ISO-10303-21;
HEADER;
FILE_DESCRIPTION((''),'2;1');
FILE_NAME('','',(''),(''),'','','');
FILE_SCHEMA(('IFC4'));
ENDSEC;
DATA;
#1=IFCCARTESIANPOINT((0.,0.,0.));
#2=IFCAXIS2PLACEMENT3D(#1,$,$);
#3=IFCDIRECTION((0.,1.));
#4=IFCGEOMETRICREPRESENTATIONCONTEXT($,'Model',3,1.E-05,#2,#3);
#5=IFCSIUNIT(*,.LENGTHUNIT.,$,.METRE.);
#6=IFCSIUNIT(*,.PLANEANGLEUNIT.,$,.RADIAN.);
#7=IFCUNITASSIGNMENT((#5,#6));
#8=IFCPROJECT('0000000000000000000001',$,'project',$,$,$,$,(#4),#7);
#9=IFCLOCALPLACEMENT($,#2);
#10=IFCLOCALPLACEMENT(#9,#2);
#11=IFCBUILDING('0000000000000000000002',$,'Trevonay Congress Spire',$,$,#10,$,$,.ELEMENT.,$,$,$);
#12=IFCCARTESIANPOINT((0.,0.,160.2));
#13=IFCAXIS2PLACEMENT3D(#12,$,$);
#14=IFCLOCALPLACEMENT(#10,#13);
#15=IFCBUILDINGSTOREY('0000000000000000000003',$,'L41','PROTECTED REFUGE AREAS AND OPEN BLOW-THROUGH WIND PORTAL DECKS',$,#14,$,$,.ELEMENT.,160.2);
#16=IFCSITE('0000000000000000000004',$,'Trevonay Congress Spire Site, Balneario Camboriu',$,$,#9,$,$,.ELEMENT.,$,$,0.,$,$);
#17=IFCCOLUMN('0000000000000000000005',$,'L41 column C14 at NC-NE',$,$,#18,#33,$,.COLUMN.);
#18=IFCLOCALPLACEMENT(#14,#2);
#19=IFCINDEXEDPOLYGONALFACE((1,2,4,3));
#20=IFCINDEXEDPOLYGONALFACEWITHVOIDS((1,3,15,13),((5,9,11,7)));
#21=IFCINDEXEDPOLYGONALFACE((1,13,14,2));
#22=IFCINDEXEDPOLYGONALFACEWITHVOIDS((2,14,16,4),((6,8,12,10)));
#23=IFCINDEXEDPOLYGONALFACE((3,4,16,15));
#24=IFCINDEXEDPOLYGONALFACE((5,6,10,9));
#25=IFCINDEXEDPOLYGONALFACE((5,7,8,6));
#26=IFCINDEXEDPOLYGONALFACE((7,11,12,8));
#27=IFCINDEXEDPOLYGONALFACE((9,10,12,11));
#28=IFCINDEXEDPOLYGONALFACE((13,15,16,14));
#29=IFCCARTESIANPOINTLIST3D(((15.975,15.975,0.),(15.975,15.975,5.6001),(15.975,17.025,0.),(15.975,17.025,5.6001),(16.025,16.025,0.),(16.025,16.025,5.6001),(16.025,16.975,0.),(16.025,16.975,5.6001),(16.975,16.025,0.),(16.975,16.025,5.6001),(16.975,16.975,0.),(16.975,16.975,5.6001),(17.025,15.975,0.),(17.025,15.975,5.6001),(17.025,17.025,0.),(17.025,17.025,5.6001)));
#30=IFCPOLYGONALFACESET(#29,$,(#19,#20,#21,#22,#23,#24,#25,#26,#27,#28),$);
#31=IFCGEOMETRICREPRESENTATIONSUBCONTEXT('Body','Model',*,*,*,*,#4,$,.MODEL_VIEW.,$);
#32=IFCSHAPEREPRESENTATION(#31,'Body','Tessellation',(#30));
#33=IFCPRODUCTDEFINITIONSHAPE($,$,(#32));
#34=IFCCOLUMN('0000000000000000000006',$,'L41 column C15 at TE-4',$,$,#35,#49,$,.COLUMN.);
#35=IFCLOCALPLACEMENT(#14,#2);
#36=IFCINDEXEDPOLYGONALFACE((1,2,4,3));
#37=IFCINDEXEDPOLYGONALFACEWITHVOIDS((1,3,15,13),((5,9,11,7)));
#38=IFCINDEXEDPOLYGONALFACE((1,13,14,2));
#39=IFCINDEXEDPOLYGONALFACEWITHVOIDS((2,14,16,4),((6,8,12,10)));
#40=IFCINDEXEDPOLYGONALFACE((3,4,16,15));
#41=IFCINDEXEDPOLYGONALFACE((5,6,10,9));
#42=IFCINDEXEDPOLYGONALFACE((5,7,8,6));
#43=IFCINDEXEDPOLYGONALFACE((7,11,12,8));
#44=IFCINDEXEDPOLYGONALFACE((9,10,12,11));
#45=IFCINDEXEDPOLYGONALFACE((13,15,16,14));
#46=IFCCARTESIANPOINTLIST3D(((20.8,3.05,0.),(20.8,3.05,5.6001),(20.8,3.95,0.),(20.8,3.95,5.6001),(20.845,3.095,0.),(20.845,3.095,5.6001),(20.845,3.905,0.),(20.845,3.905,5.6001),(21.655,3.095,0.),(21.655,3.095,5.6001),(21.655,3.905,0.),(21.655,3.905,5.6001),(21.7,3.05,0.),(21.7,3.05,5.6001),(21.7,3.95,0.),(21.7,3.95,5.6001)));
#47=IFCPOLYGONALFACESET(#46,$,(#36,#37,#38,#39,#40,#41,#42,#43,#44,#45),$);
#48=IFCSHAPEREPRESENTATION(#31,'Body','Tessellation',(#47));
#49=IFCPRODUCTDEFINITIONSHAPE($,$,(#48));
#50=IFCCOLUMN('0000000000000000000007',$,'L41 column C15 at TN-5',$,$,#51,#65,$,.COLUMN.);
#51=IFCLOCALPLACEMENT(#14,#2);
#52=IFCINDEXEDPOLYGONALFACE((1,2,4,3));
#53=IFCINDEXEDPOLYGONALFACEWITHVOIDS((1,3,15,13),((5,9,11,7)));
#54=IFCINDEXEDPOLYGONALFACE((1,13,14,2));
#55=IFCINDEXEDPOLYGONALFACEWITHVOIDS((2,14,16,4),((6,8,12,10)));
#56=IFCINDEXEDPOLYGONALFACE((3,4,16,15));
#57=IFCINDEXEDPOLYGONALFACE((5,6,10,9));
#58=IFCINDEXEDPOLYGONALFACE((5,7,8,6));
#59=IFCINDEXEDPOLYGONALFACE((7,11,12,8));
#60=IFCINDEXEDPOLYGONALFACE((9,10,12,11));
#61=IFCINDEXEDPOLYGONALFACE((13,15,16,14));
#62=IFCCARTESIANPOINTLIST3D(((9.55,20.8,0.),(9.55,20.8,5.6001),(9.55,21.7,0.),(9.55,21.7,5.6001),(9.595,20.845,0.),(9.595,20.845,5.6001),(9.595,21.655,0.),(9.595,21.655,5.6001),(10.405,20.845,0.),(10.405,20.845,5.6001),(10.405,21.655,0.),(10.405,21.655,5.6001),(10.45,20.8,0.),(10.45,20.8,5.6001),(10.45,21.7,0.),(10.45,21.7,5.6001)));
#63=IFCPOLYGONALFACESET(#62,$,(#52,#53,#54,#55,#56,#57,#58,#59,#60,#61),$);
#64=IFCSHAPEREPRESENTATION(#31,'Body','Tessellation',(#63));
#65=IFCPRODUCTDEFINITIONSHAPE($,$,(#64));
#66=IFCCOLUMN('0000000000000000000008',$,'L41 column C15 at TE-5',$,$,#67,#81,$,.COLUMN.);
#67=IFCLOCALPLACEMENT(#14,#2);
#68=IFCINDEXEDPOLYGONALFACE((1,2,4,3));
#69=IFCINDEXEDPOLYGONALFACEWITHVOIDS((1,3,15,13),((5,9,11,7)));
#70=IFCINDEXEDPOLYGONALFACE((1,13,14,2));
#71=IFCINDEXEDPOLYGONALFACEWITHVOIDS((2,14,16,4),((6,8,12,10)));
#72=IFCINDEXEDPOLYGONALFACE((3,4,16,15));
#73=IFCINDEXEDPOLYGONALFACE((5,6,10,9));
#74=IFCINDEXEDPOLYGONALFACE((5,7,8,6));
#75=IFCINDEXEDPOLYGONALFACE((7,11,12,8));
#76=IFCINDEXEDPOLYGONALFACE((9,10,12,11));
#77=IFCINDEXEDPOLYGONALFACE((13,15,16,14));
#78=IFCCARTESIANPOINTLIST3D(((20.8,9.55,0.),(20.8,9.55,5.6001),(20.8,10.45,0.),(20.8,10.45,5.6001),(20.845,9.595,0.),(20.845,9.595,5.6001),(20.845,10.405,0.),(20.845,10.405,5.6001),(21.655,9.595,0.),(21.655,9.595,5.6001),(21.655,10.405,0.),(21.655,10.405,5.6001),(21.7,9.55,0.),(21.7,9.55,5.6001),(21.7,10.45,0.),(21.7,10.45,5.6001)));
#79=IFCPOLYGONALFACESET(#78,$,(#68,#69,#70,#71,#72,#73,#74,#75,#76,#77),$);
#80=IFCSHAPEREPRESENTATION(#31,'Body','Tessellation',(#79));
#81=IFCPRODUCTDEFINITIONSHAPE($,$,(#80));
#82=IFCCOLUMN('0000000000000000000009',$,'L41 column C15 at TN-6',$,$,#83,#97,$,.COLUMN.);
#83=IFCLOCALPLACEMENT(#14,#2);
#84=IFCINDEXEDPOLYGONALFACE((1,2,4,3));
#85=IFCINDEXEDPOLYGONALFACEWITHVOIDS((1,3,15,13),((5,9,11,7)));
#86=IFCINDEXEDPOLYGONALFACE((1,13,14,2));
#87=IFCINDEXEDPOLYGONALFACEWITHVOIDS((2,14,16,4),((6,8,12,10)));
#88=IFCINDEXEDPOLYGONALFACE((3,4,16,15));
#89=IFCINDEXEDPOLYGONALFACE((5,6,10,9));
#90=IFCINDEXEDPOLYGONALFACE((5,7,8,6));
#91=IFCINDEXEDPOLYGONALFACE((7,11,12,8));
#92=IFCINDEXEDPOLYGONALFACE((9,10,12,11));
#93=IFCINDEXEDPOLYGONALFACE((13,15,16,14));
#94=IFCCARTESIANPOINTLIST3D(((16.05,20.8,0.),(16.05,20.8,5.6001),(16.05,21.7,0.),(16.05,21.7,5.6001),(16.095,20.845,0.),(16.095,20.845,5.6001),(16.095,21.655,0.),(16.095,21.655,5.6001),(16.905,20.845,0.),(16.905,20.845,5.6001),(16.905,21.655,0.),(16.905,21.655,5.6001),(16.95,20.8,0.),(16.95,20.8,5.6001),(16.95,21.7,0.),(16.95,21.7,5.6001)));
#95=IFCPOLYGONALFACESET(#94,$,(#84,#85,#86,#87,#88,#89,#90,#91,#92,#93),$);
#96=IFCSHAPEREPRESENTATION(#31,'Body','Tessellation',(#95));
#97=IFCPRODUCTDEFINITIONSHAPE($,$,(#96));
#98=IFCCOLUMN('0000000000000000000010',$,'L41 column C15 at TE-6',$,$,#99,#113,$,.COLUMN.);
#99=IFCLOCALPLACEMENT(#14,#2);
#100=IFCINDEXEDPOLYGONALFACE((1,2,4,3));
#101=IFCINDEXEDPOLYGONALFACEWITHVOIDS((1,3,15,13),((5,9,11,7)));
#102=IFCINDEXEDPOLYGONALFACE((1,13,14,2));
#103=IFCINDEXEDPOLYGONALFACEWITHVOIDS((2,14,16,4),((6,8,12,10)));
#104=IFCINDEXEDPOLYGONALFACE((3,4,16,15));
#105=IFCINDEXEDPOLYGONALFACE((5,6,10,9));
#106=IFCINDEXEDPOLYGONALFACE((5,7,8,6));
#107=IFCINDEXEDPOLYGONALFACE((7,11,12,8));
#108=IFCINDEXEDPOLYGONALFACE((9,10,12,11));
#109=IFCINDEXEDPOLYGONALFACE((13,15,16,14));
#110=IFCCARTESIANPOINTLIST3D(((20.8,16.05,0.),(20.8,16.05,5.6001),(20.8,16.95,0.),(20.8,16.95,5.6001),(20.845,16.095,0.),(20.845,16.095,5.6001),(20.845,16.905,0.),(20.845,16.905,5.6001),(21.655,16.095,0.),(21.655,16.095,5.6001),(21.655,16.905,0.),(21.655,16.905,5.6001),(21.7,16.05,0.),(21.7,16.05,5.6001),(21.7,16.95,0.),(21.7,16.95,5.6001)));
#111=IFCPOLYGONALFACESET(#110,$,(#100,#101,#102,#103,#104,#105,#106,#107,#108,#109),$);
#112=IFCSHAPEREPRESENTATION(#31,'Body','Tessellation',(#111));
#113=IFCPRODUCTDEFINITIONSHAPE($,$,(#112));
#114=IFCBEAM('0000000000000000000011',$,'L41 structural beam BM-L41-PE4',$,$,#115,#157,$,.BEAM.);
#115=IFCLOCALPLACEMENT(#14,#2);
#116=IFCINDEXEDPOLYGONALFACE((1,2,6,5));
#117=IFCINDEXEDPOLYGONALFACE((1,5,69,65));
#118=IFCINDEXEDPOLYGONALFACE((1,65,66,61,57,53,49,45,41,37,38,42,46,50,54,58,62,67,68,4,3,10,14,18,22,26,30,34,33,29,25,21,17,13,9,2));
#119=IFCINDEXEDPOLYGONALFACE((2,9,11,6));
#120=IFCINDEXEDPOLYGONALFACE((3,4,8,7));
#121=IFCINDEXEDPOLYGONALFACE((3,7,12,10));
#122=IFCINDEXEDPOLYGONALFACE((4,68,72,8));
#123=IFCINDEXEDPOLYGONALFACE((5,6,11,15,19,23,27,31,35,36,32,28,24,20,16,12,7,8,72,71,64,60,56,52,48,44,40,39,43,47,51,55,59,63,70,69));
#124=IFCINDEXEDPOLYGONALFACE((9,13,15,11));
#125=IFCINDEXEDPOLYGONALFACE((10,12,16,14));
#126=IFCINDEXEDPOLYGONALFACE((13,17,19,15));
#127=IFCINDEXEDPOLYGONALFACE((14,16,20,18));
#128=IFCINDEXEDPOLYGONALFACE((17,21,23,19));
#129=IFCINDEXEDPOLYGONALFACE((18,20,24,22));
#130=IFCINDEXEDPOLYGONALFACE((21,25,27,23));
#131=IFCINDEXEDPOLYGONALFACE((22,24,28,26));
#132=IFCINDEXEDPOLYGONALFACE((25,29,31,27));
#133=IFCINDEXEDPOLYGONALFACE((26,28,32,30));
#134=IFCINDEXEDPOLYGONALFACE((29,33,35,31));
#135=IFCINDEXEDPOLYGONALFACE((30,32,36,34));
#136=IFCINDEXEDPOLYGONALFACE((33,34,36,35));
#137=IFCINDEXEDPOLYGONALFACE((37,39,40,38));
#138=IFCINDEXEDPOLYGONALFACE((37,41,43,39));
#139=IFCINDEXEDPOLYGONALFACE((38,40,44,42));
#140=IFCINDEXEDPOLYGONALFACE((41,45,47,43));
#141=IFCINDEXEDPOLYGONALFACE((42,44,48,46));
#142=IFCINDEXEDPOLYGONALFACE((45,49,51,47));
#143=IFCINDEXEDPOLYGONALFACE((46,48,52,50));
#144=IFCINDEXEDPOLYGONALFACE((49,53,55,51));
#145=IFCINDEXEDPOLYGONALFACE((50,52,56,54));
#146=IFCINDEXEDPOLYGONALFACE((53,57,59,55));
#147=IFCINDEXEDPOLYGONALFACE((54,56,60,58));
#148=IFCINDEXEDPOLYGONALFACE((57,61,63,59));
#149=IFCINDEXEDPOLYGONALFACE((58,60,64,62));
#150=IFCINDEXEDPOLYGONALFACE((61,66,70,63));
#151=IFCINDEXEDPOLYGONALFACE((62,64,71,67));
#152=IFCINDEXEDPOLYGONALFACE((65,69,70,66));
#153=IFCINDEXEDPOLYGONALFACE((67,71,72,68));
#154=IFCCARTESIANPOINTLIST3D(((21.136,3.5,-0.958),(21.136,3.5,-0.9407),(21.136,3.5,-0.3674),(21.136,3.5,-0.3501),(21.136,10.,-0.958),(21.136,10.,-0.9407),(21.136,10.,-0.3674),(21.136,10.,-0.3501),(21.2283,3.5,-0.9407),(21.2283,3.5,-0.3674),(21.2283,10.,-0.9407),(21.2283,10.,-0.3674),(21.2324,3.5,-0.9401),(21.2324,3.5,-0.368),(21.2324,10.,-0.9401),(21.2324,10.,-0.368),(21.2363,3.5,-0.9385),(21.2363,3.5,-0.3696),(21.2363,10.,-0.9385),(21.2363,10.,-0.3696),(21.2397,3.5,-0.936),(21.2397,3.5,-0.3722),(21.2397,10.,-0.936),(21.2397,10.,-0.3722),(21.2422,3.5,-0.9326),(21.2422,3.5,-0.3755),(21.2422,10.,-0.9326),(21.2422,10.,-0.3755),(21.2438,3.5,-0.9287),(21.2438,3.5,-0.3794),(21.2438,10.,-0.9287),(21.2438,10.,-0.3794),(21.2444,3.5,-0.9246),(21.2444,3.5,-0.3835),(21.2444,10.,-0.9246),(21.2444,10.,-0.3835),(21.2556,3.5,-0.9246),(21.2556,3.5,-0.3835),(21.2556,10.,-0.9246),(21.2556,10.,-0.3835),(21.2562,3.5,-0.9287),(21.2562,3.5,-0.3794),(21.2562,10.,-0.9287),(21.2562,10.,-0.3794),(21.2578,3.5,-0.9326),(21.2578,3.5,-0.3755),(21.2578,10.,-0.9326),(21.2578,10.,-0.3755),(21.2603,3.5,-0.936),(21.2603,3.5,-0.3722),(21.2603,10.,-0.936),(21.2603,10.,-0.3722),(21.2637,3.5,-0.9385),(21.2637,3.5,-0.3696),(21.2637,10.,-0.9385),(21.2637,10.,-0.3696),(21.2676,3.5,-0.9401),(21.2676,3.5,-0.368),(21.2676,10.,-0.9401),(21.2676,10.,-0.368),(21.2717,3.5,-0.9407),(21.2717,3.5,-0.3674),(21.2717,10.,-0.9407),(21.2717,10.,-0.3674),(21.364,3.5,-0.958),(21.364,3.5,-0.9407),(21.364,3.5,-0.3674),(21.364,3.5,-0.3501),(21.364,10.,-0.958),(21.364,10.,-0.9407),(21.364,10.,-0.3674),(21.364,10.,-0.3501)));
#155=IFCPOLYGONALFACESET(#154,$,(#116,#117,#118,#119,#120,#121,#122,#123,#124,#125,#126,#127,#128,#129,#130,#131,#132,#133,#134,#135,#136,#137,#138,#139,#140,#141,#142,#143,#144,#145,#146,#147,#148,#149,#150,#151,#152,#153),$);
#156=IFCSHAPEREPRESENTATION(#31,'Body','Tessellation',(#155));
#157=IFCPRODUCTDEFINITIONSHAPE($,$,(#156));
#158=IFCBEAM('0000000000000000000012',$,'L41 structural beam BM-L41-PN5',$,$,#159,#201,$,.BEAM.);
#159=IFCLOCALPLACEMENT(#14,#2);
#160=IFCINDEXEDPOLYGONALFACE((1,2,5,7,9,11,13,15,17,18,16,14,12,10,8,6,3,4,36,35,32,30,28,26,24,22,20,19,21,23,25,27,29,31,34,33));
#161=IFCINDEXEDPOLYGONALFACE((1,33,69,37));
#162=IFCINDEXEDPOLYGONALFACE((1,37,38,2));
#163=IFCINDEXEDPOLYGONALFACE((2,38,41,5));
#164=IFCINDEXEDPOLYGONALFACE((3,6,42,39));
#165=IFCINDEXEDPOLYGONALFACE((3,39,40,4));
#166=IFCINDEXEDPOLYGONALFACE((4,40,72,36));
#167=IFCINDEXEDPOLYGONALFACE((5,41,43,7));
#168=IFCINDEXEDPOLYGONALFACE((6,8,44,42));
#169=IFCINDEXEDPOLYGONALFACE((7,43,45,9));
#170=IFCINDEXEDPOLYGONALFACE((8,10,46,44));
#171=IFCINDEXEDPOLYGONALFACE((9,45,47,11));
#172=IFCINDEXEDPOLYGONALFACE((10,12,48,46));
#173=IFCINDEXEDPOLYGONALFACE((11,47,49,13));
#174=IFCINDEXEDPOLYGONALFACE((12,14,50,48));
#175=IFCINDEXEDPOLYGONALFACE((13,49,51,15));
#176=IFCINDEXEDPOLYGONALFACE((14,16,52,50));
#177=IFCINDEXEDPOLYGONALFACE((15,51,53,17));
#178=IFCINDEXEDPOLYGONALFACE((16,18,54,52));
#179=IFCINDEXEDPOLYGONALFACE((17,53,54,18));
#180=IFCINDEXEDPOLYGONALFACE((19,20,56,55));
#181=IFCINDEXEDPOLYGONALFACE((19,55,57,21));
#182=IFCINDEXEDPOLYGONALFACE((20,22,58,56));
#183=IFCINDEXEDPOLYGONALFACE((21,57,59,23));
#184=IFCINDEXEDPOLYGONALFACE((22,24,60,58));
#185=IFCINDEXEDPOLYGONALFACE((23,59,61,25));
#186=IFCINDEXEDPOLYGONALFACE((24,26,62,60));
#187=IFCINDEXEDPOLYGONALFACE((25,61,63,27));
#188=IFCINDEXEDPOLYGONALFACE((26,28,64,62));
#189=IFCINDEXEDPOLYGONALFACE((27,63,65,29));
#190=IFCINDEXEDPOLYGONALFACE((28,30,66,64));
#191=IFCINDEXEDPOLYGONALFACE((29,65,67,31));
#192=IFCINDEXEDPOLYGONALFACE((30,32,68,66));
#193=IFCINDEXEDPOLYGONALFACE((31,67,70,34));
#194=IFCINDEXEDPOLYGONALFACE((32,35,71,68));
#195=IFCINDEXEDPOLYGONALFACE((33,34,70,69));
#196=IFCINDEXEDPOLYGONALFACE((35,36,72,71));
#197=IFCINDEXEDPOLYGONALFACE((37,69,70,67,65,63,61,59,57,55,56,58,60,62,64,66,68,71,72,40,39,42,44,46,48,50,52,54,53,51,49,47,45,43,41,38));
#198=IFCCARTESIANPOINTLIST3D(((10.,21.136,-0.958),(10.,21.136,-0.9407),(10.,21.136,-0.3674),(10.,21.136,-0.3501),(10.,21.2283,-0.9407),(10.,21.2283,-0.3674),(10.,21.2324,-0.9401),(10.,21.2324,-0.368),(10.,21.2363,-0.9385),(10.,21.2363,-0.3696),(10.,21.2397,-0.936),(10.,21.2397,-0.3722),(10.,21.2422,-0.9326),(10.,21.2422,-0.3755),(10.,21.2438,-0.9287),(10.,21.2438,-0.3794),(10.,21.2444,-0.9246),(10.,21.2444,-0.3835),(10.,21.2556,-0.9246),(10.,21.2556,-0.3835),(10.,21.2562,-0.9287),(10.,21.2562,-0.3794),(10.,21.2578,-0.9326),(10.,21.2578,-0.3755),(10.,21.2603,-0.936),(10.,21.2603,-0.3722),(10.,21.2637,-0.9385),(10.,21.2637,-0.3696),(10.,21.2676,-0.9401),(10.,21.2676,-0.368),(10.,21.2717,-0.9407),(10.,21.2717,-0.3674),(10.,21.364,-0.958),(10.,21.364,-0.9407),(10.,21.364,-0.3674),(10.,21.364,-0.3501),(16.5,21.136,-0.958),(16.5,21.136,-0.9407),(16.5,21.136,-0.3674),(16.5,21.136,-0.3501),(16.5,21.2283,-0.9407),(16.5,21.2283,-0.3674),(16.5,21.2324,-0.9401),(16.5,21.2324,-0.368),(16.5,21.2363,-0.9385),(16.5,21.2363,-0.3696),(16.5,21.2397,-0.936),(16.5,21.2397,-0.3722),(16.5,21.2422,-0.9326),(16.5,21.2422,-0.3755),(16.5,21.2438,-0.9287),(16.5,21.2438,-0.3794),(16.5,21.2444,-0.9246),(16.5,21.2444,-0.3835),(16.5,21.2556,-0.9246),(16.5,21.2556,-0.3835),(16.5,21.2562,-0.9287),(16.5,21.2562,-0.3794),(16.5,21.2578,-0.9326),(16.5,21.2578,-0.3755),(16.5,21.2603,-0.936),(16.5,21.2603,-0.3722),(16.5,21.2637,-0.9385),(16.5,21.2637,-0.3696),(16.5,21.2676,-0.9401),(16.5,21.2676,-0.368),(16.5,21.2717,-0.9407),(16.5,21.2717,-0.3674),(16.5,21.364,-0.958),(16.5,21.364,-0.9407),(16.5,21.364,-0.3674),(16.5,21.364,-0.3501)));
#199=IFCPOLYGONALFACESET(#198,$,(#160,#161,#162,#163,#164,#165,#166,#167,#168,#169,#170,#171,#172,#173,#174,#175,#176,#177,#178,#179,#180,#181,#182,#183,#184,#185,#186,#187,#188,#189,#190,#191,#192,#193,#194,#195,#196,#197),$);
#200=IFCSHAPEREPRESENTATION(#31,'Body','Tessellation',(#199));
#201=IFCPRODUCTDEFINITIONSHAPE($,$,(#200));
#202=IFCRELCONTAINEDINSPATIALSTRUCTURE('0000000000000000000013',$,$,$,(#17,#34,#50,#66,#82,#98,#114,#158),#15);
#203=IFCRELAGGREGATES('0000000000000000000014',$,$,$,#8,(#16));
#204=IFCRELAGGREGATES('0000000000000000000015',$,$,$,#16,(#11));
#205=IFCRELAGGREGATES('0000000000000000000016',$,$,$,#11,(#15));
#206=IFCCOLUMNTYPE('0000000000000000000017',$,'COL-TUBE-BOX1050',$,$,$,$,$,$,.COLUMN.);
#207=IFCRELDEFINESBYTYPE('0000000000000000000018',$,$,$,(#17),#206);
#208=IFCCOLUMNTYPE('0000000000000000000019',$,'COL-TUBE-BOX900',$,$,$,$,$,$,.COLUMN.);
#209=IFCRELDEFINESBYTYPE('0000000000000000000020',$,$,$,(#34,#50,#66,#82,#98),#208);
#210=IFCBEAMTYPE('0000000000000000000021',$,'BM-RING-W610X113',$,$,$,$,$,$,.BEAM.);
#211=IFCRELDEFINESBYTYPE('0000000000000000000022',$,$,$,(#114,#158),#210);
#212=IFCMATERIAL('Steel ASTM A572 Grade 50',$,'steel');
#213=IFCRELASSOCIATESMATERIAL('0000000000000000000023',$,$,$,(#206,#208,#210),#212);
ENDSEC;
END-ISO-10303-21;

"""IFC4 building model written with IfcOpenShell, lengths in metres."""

from ifc_helpers import new_model, si_unit, direction, frame, origin, origin_2d, place, context, subcontext, project, spatial, hollow_rectangle, i_section, extrude, material, material_profile, profile_set, type_object, element, save


model = new_model("IFC4")

# Units and contexts
model_context = context("Model", 3, precision=1e-05, world=origin(), true_north=direction((0.0, 1.0)))
body_context = subcontext(model_context, "Body", "Model", "MODEL_VIEW")
ifc_project = project(units=[si_unit("LENGTHUNIT", "METRE"), si_unit("PLANEANGLEUNIT", "RADIAN")], contexts=[model_context])

# Site, building, storey
site_placement = place(None, origin())
site = spatial("IfcSite", under=ifc_project, at=site_placement, Name="Trevonay Congress Spire Site, Balneario Camboriu", CompositionType="ELEMENT", RefElevation=0.0)
building_placement = place(site_placement, origin())
building = spatial("IfcBuilding", under=site, at=building_placement, Name="Trevonay Congress Spire", CompositionType="ELEMENT")
storey_placement = place(building_placement, frame((0.0, 0.0, 160.2)))
storey = spatial("IfcBuildingStorey", under=building, at=storey_placement, Name="L41", Description="PROTECTED REFUGE AREAS AND OPEN BLOW-THROUGH WIND PORTAL DECKS", CompositionType="ELEMENT", Elevation=160.2)

# Columns
ifc_material_1 = material(Name="Steel ASTM A572 Grade 50", Category="steel")
ifc_material_profile_1 = material_profile(ifc_material_1, hollow_rectangle(XDim=1.05, YDim=1.05, WallThickness=0.05, at=origin_2d()), Name="BOX 1050x1050x50")
ifc_profile_set_1 = profile_set([ifc_material_profile_1], Name="Steel ASTM A572 Grade 50")
column_type_1 = type_object("IfcColumnType", Name="COL-TUBE-BOX1050", PredefinedType="COLUMN", material=ifc_profile_set_1)
column_placement = place(storey_placement, frame((16.5, 16.5, 0.0), z_axis=(0.0, 0.0, 1.0), x_axis=(1.0, 0.0, 0.0)))
element("IfcColumn", 1, at=column_placement, inside=storey, type_object=column_type_1, Name="L41 column C14 at NC-NE", PredefinedType="COLUMN", context=body_context, shape_type="SweptSolid", body=[
    extrude(hollow_rectangle(XDim=1.05, YDim=1.05, WallThickness=0.05, at=origin_2d()), origin(), (0.0, 0.0, 1.0), 5.6001),
])
ifc_material_profile_2 = material_profile(ifc_material_1, hollow_rectangle(XDim=0.8999, YDim=0.8999, WallThickness=0.0449, at=origin_2d()), Name="BOX 900x900x45")
ifc_profile_set_2 = profile_set([ifc_material_profile_2], Name="Steel ASTM A572 Grade 50")
column_type_2 = type_object("IfcColumnType", Name="COL-TUBE-BOX900", PredefinedType="COLUMN", material=ifc_profile_set_2)
for number, where, z_axis, x_axis, name in (
    (2, (21.25, 3.5, 0.0), (0.0, 0.0, 1.0), (1.0, 0.0, 0.0), "L41 column C15 at TE-4"),
    (3, (10.0, 21.25, 0.0), (0.0, 0.0, 1.0), (1.0, 0.0, 0.0), "L41 column C15 at TN-5"),
    (4, (21.25, 10.0, 0.0), (0.0, 0.0, 1.0), (1.0, 0.0, 0.0), "L41 column C15 at TE-5"),
    (5, (16.5, 21.25, 0.0), (0.0, 0.0, 1.0), (1.0, 0.0, 0.0), "L41 column C15 at TN-6"),
    (6, (21.25, 16.5, 0.0), (0.0, 0.0, 1.0), (1.0, 0.0, 0.0), "L41 column C15 at TE-6"),
):
    element("IfcColumn", number, at=place(storey_placement, frame(where, z_axis=z_axis, x_axis=x_axis)), inside=storey, type_object=column_type_2, Name=name, PredefinedType="COLUMN", context=body_context, shape_type="SweptSolid", body=[
        extrude(hollow_rectangle(XDim=0.8999, YDim=0.8999, WallThickness=0.0449, at=origin_2d()), origin(), (0.0, 0.0, 1.0), 5.6001),
    ])

# Beams
ifc_material_profile_3 = material_profile(ifc_material_1, i_section(OverallWidth=0.228, OverallDepth=0.6079, WebThickness=0.0112, FlangeThickness=0.0173, FilletRadius=0.0161, at=origin_2d()), Name="W610x113")
ifc_profile_set_3 = profile_set([ifc_material_profile_3], Name="Steel ASTM A572 Grade 50")
beam_type_1 = type_object("IfcBeamType", Name="BM-RING-W610X113", PredefinedType="BEAM", material=ifc_profile_set_3)
for number, where, z_axis, x_axis, name in (
    (7, (21.25, 3.5, -0.6541), (0.0, 1.0, 0.0), (-1.0, 0.0, 0.0), "L41 structural beam BM-L41-PE4"),
    (8, (10.0, 21.25, -0.6541), (1.0, 0.0, 0.0), (0.0, 1.0, 0.0), "L41 structural beam BM-L41-PN5"),
):
    element("IfcBeam", number, at=place(storey_placement, frame(where, z_axis=z_axis, x_axis=x_axis)), inside=storey, type_object=beam_type_1, Name=name, PredefinedType="BEAM", context=body_context, shape_type="SweptSolid", body=[
        extrude(i_section(OverallWidth=0.228, OverallDepth=0.6079, WebThickness=0.0112, FlangeThickness=0.0173, FilletRadius=0.0161, at=origin_2d()), origin(), (0.0, 0.0, 1.0), 6.5),
    ])

save(model, "model.ifc")
